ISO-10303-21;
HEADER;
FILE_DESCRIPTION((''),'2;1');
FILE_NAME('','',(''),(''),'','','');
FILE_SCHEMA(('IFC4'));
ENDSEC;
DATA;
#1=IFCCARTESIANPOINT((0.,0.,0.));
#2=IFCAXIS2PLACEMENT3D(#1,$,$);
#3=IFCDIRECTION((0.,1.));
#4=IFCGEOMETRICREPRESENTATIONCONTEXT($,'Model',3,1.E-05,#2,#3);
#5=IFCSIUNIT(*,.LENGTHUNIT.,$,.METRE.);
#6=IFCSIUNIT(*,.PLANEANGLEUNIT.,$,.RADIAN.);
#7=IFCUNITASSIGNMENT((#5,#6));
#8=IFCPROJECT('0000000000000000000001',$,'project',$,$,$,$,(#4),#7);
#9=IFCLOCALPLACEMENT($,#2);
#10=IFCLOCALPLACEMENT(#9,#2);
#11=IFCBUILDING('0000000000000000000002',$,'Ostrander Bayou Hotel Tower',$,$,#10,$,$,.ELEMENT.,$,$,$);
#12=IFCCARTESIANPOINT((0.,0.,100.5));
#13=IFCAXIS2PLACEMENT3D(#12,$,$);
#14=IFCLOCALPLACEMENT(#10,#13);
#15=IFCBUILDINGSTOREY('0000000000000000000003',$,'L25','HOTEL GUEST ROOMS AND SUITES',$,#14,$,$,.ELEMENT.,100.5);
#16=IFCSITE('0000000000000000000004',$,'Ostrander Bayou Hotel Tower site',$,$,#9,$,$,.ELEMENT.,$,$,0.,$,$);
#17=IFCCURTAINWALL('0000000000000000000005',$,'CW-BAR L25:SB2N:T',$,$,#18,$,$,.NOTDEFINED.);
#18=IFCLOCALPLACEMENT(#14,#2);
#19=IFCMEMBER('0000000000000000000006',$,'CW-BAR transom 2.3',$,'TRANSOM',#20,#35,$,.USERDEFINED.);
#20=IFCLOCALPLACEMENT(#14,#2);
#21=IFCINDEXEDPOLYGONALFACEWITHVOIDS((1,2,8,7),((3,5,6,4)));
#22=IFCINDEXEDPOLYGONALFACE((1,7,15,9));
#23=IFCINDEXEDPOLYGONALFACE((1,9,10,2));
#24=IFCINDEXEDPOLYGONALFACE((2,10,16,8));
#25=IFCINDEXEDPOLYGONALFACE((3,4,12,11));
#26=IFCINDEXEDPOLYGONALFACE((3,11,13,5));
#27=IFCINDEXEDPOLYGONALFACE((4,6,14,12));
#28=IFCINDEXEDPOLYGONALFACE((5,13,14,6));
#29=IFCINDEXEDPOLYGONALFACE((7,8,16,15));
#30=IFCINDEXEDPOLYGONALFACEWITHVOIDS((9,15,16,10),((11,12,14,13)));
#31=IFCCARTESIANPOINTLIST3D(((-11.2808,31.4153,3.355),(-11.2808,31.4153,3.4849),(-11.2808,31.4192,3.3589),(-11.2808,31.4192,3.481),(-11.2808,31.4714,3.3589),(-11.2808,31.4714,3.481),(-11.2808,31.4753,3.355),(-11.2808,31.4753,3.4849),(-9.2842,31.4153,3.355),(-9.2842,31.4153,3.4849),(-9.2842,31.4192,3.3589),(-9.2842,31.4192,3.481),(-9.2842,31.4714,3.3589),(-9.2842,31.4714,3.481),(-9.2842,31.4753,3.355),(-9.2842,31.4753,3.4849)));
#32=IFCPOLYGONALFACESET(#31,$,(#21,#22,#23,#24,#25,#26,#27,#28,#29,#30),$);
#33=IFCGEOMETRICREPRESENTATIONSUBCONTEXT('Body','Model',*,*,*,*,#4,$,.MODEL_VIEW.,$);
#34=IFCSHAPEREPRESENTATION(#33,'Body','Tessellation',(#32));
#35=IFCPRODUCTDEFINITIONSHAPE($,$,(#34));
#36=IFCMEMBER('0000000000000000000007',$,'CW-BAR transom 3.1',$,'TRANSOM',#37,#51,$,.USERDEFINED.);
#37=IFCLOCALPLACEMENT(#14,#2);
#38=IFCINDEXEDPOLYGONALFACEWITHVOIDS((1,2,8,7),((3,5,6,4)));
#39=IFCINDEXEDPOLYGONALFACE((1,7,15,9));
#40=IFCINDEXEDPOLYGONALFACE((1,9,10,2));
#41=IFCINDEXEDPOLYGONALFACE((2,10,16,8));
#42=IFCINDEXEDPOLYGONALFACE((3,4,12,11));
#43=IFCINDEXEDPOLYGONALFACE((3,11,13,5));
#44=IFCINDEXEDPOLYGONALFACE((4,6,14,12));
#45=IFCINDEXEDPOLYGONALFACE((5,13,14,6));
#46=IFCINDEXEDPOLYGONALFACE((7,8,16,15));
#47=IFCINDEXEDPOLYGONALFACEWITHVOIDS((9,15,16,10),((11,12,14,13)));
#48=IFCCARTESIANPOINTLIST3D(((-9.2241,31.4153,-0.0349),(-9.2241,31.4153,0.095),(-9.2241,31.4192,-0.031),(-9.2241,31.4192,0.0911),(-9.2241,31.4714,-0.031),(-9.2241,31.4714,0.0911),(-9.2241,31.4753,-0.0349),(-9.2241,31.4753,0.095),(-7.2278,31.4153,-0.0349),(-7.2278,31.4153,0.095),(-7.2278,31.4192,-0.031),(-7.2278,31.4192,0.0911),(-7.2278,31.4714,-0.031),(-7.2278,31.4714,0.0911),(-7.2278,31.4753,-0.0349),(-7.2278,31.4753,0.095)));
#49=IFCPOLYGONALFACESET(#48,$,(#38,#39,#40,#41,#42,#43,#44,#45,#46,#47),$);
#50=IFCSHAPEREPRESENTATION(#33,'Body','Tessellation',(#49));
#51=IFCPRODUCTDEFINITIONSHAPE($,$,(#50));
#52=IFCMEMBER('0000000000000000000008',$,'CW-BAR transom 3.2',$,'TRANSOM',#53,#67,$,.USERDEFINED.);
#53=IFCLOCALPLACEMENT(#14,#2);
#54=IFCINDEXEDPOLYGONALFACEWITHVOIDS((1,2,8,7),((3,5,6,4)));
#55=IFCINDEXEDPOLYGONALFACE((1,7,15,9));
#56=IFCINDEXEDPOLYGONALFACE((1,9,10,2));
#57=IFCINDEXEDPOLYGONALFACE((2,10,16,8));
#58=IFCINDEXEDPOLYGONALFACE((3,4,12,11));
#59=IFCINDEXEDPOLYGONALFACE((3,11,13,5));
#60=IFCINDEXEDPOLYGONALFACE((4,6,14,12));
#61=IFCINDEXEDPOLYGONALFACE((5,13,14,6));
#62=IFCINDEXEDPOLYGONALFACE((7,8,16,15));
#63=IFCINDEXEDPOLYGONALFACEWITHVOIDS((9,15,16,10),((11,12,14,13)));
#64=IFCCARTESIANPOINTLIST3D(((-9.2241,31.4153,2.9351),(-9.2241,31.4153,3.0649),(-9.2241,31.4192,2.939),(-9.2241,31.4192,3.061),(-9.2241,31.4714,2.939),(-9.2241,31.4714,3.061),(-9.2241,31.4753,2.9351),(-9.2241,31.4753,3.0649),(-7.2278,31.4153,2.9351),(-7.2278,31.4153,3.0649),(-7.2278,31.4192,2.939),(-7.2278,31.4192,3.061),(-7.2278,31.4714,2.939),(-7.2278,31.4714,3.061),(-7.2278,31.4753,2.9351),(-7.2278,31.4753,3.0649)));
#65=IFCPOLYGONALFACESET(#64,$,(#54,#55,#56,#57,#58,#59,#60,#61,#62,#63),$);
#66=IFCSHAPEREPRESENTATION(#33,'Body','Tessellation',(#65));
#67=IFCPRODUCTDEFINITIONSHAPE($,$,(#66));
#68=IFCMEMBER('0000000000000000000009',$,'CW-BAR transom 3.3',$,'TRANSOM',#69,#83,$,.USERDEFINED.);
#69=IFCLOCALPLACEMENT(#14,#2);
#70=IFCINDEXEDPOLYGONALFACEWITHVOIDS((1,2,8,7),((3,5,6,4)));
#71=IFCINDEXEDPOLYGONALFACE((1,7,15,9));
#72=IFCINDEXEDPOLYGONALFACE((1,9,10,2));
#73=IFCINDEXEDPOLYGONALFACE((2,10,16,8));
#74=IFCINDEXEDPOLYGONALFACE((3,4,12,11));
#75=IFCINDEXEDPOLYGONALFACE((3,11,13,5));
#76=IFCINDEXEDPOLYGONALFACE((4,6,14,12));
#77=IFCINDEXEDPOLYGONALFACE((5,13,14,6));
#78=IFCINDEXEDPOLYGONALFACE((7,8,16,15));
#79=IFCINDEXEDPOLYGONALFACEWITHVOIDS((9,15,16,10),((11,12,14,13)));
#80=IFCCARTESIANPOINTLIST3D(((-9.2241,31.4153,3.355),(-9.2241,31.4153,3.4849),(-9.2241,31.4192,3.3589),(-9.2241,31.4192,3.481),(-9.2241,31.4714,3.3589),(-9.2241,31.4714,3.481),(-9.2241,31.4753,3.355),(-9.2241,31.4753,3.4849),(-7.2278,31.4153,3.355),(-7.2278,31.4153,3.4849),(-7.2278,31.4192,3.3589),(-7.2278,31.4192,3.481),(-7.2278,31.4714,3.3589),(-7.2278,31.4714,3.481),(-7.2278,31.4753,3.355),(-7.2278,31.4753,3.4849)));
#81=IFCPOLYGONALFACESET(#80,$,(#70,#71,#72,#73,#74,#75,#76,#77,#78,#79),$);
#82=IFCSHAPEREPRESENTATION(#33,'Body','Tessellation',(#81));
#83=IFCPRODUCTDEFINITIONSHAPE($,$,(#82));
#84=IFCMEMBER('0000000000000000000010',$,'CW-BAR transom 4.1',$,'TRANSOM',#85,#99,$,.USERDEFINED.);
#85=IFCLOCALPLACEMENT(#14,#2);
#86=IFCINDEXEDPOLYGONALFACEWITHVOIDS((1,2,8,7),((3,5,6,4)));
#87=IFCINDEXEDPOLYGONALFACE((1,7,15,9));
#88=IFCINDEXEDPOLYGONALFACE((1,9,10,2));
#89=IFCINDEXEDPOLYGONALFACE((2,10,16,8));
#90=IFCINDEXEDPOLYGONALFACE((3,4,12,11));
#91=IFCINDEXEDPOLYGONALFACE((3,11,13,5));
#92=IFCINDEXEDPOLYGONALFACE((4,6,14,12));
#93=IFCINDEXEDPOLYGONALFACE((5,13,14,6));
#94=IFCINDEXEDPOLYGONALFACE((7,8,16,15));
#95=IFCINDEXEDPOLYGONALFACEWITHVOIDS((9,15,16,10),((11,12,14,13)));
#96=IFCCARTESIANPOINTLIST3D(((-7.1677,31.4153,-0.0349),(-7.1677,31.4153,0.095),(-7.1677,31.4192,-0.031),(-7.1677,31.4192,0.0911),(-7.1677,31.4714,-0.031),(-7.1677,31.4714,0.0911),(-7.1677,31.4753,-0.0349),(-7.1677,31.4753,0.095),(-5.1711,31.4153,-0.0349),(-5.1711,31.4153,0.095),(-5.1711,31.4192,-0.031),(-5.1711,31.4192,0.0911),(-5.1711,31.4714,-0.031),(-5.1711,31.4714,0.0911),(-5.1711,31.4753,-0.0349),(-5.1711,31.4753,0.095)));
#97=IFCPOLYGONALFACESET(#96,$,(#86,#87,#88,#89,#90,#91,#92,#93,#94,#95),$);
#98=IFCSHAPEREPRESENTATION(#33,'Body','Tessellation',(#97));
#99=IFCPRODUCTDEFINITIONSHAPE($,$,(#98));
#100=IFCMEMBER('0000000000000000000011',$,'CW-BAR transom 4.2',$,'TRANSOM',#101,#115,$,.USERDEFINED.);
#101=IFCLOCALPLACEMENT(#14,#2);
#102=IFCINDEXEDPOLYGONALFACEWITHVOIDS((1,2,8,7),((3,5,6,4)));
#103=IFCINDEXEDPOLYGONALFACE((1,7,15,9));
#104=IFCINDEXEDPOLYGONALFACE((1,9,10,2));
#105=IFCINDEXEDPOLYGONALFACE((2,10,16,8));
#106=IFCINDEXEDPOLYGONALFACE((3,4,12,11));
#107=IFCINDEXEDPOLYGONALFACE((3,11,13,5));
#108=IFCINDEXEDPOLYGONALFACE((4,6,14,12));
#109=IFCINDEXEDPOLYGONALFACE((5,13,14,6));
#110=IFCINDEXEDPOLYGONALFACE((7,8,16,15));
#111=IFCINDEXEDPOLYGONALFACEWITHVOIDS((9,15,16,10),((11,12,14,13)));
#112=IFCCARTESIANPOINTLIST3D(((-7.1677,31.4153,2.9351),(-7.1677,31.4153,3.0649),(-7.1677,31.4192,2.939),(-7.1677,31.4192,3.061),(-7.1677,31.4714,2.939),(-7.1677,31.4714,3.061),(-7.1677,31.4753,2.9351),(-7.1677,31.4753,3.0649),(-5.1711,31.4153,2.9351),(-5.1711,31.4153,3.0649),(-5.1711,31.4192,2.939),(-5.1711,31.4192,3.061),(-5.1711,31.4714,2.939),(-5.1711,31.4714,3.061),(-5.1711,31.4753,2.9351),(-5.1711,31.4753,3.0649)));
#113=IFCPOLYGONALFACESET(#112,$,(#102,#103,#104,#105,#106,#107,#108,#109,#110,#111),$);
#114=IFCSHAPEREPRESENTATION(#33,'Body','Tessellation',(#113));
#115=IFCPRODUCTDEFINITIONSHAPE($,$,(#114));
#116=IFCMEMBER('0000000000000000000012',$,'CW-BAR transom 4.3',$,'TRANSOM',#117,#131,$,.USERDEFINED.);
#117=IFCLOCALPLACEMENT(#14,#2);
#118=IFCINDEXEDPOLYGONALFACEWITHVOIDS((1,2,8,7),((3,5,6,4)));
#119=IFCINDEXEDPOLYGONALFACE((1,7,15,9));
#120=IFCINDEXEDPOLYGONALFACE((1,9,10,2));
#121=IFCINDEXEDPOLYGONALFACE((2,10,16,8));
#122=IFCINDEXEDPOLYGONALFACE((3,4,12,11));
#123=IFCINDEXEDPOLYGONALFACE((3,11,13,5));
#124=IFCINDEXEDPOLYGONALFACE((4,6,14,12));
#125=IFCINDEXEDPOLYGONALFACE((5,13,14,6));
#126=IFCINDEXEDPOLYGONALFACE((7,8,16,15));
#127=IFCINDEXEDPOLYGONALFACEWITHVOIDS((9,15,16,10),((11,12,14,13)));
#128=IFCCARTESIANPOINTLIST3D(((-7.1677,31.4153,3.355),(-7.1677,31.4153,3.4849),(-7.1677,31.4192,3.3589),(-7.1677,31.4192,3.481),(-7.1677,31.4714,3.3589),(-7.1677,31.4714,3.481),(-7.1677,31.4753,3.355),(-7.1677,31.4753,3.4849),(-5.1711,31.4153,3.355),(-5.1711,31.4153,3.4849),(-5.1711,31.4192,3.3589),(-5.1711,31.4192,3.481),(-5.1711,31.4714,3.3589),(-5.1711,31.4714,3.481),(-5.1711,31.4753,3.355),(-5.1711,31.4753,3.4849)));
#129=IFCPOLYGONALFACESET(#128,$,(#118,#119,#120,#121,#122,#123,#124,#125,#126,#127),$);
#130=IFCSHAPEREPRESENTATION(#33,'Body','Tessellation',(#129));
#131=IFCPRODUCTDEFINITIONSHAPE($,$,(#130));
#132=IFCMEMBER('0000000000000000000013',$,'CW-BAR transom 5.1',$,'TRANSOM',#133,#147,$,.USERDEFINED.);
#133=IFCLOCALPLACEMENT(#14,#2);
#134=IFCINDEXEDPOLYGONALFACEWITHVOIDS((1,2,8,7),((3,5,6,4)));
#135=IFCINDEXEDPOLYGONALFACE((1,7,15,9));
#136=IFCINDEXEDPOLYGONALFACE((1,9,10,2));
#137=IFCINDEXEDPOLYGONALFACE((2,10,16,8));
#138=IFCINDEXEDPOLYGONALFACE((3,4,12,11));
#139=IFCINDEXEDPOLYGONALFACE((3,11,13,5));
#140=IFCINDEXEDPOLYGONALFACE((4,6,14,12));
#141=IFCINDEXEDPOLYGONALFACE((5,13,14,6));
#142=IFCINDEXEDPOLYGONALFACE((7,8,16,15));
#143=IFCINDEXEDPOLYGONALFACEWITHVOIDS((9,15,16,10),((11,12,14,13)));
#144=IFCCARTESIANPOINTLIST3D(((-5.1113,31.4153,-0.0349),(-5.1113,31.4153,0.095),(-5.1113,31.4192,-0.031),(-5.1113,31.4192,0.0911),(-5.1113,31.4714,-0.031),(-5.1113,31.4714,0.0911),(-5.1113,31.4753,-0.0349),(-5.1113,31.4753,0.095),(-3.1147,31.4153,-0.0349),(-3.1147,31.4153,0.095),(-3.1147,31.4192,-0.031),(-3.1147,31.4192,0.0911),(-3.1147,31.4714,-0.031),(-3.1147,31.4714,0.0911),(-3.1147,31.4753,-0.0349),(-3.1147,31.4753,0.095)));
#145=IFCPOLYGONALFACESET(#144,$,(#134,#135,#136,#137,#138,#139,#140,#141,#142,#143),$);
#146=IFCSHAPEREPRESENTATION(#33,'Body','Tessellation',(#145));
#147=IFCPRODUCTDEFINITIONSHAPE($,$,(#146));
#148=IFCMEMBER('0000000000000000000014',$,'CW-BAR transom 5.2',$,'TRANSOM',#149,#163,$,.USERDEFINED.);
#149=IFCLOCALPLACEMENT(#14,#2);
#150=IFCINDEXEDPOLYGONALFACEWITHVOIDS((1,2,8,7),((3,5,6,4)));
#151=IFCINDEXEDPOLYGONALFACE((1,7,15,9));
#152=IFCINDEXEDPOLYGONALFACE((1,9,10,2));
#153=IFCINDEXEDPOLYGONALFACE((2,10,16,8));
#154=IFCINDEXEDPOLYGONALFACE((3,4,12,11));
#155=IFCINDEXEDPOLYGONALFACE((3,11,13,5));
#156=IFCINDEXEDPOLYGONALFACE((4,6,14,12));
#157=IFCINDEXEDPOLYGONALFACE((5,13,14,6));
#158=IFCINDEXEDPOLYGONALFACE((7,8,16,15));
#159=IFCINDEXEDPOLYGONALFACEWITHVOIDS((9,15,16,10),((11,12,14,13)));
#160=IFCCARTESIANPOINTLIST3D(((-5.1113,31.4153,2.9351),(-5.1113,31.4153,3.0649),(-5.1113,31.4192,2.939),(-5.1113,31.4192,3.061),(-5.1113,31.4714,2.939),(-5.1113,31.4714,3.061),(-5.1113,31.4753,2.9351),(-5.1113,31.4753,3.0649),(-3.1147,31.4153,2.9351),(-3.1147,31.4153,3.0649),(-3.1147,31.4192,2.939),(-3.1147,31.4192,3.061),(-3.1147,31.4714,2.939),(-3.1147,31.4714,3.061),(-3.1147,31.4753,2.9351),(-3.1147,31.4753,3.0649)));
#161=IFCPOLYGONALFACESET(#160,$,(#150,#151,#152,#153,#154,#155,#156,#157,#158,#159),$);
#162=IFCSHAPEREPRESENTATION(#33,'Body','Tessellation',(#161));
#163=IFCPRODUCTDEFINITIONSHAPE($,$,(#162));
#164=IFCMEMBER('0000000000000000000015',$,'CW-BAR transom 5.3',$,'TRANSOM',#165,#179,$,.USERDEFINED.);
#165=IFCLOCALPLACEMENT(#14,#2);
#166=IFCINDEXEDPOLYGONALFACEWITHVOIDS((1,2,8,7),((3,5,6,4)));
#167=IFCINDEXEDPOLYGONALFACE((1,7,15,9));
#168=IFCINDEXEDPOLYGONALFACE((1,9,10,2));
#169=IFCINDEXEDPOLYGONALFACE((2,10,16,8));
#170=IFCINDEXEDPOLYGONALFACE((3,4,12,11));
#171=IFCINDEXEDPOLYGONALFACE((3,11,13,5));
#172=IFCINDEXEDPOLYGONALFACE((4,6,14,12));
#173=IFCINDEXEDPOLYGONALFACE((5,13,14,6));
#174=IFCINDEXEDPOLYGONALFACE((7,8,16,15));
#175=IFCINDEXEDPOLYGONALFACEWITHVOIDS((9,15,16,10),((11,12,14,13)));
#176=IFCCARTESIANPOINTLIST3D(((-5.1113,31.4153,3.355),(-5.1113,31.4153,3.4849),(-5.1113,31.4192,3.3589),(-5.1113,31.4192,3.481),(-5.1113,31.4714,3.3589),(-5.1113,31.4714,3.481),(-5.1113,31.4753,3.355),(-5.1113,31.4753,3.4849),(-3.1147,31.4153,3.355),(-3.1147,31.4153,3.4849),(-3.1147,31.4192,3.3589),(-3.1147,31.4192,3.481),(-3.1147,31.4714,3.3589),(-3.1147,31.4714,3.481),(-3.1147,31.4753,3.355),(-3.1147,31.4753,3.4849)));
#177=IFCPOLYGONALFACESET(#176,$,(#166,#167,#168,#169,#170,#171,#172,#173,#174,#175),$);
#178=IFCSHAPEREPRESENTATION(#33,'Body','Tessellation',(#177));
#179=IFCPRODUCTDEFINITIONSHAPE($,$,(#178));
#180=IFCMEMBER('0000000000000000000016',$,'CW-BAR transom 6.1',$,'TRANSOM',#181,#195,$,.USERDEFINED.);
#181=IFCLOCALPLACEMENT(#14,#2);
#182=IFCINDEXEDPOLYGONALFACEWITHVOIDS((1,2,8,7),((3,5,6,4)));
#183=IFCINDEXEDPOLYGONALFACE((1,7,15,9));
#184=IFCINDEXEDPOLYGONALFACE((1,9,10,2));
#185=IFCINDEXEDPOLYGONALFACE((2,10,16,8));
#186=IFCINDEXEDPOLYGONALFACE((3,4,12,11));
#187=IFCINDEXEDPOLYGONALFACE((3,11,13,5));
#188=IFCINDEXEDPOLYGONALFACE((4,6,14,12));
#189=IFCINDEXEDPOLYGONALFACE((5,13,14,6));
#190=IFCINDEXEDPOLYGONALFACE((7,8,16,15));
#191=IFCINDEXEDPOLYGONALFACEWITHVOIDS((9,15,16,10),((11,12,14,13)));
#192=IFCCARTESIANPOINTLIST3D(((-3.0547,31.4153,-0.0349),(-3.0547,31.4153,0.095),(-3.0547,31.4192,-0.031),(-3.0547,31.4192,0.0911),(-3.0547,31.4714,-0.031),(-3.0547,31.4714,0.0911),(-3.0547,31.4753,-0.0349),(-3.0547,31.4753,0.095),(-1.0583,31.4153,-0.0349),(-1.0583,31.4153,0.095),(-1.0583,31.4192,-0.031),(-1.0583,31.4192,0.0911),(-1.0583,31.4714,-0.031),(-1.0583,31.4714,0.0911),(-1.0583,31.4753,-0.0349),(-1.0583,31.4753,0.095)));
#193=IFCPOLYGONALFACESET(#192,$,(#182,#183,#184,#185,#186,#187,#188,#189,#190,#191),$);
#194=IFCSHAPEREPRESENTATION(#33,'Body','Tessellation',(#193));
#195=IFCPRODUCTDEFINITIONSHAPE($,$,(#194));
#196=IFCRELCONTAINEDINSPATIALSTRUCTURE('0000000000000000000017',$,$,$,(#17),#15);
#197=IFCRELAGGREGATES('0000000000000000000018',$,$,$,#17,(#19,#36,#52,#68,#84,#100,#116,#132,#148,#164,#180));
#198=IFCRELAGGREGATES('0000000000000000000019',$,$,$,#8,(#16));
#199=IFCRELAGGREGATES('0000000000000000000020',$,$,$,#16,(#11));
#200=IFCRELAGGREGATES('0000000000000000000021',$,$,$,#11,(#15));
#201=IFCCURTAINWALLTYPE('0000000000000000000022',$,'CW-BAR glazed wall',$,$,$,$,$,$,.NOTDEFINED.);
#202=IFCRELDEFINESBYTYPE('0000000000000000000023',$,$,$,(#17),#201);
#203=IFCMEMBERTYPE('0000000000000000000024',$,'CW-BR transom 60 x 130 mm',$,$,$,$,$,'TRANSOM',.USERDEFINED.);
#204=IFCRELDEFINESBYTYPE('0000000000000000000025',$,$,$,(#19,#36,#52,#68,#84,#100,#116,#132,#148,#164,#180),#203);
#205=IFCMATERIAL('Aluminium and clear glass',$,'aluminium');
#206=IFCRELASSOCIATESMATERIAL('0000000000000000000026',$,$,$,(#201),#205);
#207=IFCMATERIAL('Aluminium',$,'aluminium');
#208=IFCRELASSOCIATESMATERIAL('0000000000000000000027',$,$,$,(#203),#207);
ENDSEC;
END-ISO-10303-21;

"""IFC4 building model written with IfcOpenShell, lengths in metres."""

from ifc_helpers import new_model, si_unit, direction, frame, origin, origin_2d, place, context, subcontext, project, spatial, hollow_rectangle, extrude, material, material_profile, profile_set, type_object, element, aggregate, save


model = new_model("IFC4")

# Units and contexts
model_context = context("Model", 3, precision=1e-05, world=origin(), true_north=direction((0.0, 1.0)))
body_context = subcontext(model_context, "Body", "Model", "MODEL_VIEW")
ifc_project = project(units=[si_unit("LENGTHUNIT", "METRE"), si_unit("PLANEANGLEUNIT", "RADIAN")], contexts=[model_context])

# Site, building, storey
site_placement = place(None, origin())
site = spatial("IfcSite", under=ifc_project, at=site_placement, Name="Ostrander Bayou Hotel Tower site", CompositionType="ELEMENT", RefElevation=0.0)
building_placement = place(site_placement, origin())
building = spatial("IfcBuilding", under=site, at=building_placement, Name="Ostrander Bayou Hotel Tower", CompositionType="ELEMENT")
storey_placement = place(building_placement, frame((0.0, 0.0, 100.5)))
storey = spatial("IfcBuildingStorey", under=building, at=storey_placement, Name="L25", Description="HOTEL GUEST ROOMS AND SUITES", CompositionType="ELEMENT", Elevation=100.5)

# Curtain wall, members
ifc_material_1 = material(Name="Aluminium and clear glass", Category="aluminium")
curtain_wall_type = type_object("IfcCurtainWallType", Name="CW-BAR glazed wall", PredefinedType="NOTDEFINED", material=ifc_material_1)
curtain_wall_placement = place(storey_placement, origin())
curtain_wall = element("IfcCurtainWall", 1, at=curtain_wall_placement, inside=storey, type_object=curtain_wall_type, Name="CW-BAR L25:SB2N:T", PredefinedType="NOTDEFINED")
ifc_material_2 = material(Name="Aluminium", Category="aluminium")
ifc_material_profile_1 = material_profile(ifc_material_2, hollow_rectangle(XDim=0.0601, YDim=0.1299, WallThickness=0.0039, at=origin_2d()))
ifc_profile_set_1 = profile_set([ifc_material_profile_1], Name="Aluminium")
member_type_1 = type_object("IfcMemberType", Name="CW-BR transom 60 x 130 mm", ElementType="TRANSOM", PredefinedType="USERDEFINED", material=ifc_profile_set_1)
member_1_placement = place(storey_placement, frame((-11.2808, 31.4453, 3.4199), z_axis=(1.0, 0.0, 0.0), x_axis=(0.0, 1.0, 0.0)))
member_1 = element("IfcMember", 2, at=member_1_placement, type_object=member_type_1, Name="CW-BAR transom 2.3", ObjectType="TRANSOM", PredefinedType="USERDEFINED", context=body_context, shape_type="SweptSolid", body=[
    extrude(hollow_rectangle(XDim=0.0601, YDim=0.1299, WallThickness=0.0039, at=origin_2d()), origin(), (0.0, 0.0, 1.0), 1.9966),
])
member_2_placement = place(storey_placement, frame((-9.2241, 31.4453, 0.03), z_axis=(1.0, 0.0, 0.0), x_axis=(0.0, 1.0, 0.0)))
member_2 = element("IfcMember", 3, at=member_2_placement, type_object=member_type_1, Name="CW-BAR transom 3.1", ObjectType="TRANSOM", PredefinedType="USERDEFINED", context=body_context, shape_type="SweptSolid", body=[
    extrude(hollow_rectangle(XDim=0.0601, YDim=0.1299, WallThickness=0.0039, at=origin_2d()), origin(), (0.0, 0.0, 1.0), 1.9963),
])
member_3_placement = place(storey_placement, frame((-9.2241, 31.4453, 3.0), z_axis=(1.0, 0.0, 0.0), x_axis=(0.0, 1.0, 0.0)))
member_3 = element("IfcMember", 4, at=member_3_placement, type_object=member_type_1, Name="CW-BAR transom 3.2", ObjectType="TRANSOM", PredefinedType="USERDEFINED", context=body_context, shape_type="SweptSolid", body=[
    extrude(hollow_rectangle(XDim=0.0601, YDim=0.1299, WallThickness=0.0039, at=origin_2d()), origin(), (0.0, 0.0, 1.0), 1.9963),
])
member_4_placement = place(storey_placement, frame((-9.2241, 31.4453, 3.4199), z_axis=(1.0, 0.0, 0.0), x_axis=(0.0, 1.0, 0.0)))
member_4 = element("IfcMember", 5, at=member_4_placement, type_object=member_type_1, Name="CW-BAR transom 3.3", ObjectType="TRANSOM", PredefinedType="USERDEFINED", context=body_context, shape_type="SweptSolid", body=[
    extrude(hollow_rectangle(XDim=0.0601, YDim=0.1299, WallThickness=0.0039, at=origin_2d()), origin(), (0.0, 0.0, 1.0), 1.9963),
])
member_5_placement = place(storey_placement, frame((-7.1677, 31.4453, 0.03), z_axis=(1.0, 0.0, 0.0), x_axis=(0.0, 1.0, 0.0)))
member_5 = element("IfcMember", 6, at=member_5_placement, type_object=member_type_1, Name="CW-BAR transom 4.1", ObjectType="TRANSOM", PredefinedType="USERDEFINED", context=body_context, shape_type="SweptSolid", body=[
    extrude(hollow_rectangle(XDim=0.0601, YDim=0.1299, WallThickness=0.0039, at=origin_2d()), origin(), (0.0, 0.0, 1.0), 1.9966),
])
member_6_placement = place(storey_placement, frame((-7.1677, 31.4453, 3.0), z_axis=(1.0, 0.0, 0.0), x_axis=(0.0, 1.0, 0.0)))
member_6 = element("IfcMember", 7, at=member_6_placement, type_object=member_type_1, Name="CW-BAR transom 4.2", ObjectType="TRANSOM", PredefinedType="USERDEFINED", context=body_context, shape_type="SweptSolid", body=[
    extrude(hollow_rectangle(XDim=0.0601, YDim=0.1299, WallThickness=0.0039, at=origin_2d()), origin(), (0.0, 0.0, 1.0), 1.9966),
])
member_7_placement = place(storey_placement, frame((-7.1677, 31.4453, 3.4199), z_axis=(1.0, 0.0, 0.0), x_axis=(0.0, 1.0, 0.0)))
member_7 = element("IfcMember", 8, at=member_7_placement, type_object=member_type_1, Name="CW-BAR transom 4.3", ObjectType="TRANSOM", PredefinedType="USERDEFINED", context=body_context, shape_type="SweptSolid", body=[
    extrude(hollow_rectangle(XDim=0.0601, YDim=0.1299, WallThickness=0.0039, at=origin_2d()), origin(), (0.0, 0.0, 1.0), 1.9966),
])
member_8_placement = place(storey_placement, frame((-5.1113, 31.4453, 0.03), z_axis=(1.0, 0.0, 0.0), x_axis=(0.0, 1.0, 0.0)))
member_8 = element("IfcMember", 9, at=member_8_placement, type_object=member_type_1, Name="CW-BAR transom 5.1", ObjectType="TRANSOM", PredefinedType="USERDEFINED", context=body_context, shape_type="SweptSolid", body=[
    extrude(hollow_rectangle(XDim=0.0601, YDim=0.1299, WallThickness=0.0039, at=origin_2d()), origin(), (0.0, 0.0, 1.0), 1.9966),
])
member_9_placement = place(storey_placement, frame((-5.1113, 31.4453, 3.0), z_axis=(1.0, 0.0, 0.0), x_axis=(0.0, 1.0, 0.0)))
member_9 = element("IfcMember", 10, at=member_9_placement, type_object=member_type_1, Name="CW-BAR transom 5.2", ObjectType="TRANSOM", PredefinedType="USERDEFINED", context=body_context, shape_type="SweptSolid", body=[
    extrude(hollow_rectangle(XDim=0.0601, YDim=0.1299, WallThickness=0.0039, at=origin_2d()), origin(), (0.0, 0.0, 1.0), 1.9966),
])
member_10_placement = place(storey_placement, frame((-5.1113, 31.4453, 3.4199), z_axis=(1.0, 0.0, 0.0), x_axis=(0.0, 1.0, 0.0)))
member_10 = element("IfcMember", 11, at=member_10_placement, type_object=member_type_1, Name="CW-BAR transom 5.3", ObjectType="TRANSOM", PredefinedType="USERDEFINED", context=body_context, shape_type="SweptSolid", body=[
    extrude(hollow_rectangle(XDim=0.0601, YDim=0.1299, WallThickness=0.0039, at=origin_2d()), origin(), (0.0, 0.0, 1.0), 1.9966),
])
member_11_placement = place(storey_placement, frame((-3.0547, 31.4453, 0.03), z_axis=(1.0, 0.0, 0.0), x_axis=(0.0, 1.0, 0.0)))
member_11 = element("IfcMember", 12, at=member_11_placement, type_object=member_type_1, Name="CW-BAR transom 6.1", ObjectType="TRANSOM", PredefinedType="USERDEFINED", context=body_context, shape_type="SweptSolid", body=[
    extrude(hollow_rectangle(XDim=0.0601, YDim=0.1299, WallThickness=0.0039, at=origin_2d()), origin(), (0.0, 0.0, 1.0), 1.9963),
])
aggregate(curtain_wall, [member_1, member_2, member_3, member_4, member_5, member_6, member_7, member_8, member_9, member_10, member_11])

save(model, "model.ifc")
